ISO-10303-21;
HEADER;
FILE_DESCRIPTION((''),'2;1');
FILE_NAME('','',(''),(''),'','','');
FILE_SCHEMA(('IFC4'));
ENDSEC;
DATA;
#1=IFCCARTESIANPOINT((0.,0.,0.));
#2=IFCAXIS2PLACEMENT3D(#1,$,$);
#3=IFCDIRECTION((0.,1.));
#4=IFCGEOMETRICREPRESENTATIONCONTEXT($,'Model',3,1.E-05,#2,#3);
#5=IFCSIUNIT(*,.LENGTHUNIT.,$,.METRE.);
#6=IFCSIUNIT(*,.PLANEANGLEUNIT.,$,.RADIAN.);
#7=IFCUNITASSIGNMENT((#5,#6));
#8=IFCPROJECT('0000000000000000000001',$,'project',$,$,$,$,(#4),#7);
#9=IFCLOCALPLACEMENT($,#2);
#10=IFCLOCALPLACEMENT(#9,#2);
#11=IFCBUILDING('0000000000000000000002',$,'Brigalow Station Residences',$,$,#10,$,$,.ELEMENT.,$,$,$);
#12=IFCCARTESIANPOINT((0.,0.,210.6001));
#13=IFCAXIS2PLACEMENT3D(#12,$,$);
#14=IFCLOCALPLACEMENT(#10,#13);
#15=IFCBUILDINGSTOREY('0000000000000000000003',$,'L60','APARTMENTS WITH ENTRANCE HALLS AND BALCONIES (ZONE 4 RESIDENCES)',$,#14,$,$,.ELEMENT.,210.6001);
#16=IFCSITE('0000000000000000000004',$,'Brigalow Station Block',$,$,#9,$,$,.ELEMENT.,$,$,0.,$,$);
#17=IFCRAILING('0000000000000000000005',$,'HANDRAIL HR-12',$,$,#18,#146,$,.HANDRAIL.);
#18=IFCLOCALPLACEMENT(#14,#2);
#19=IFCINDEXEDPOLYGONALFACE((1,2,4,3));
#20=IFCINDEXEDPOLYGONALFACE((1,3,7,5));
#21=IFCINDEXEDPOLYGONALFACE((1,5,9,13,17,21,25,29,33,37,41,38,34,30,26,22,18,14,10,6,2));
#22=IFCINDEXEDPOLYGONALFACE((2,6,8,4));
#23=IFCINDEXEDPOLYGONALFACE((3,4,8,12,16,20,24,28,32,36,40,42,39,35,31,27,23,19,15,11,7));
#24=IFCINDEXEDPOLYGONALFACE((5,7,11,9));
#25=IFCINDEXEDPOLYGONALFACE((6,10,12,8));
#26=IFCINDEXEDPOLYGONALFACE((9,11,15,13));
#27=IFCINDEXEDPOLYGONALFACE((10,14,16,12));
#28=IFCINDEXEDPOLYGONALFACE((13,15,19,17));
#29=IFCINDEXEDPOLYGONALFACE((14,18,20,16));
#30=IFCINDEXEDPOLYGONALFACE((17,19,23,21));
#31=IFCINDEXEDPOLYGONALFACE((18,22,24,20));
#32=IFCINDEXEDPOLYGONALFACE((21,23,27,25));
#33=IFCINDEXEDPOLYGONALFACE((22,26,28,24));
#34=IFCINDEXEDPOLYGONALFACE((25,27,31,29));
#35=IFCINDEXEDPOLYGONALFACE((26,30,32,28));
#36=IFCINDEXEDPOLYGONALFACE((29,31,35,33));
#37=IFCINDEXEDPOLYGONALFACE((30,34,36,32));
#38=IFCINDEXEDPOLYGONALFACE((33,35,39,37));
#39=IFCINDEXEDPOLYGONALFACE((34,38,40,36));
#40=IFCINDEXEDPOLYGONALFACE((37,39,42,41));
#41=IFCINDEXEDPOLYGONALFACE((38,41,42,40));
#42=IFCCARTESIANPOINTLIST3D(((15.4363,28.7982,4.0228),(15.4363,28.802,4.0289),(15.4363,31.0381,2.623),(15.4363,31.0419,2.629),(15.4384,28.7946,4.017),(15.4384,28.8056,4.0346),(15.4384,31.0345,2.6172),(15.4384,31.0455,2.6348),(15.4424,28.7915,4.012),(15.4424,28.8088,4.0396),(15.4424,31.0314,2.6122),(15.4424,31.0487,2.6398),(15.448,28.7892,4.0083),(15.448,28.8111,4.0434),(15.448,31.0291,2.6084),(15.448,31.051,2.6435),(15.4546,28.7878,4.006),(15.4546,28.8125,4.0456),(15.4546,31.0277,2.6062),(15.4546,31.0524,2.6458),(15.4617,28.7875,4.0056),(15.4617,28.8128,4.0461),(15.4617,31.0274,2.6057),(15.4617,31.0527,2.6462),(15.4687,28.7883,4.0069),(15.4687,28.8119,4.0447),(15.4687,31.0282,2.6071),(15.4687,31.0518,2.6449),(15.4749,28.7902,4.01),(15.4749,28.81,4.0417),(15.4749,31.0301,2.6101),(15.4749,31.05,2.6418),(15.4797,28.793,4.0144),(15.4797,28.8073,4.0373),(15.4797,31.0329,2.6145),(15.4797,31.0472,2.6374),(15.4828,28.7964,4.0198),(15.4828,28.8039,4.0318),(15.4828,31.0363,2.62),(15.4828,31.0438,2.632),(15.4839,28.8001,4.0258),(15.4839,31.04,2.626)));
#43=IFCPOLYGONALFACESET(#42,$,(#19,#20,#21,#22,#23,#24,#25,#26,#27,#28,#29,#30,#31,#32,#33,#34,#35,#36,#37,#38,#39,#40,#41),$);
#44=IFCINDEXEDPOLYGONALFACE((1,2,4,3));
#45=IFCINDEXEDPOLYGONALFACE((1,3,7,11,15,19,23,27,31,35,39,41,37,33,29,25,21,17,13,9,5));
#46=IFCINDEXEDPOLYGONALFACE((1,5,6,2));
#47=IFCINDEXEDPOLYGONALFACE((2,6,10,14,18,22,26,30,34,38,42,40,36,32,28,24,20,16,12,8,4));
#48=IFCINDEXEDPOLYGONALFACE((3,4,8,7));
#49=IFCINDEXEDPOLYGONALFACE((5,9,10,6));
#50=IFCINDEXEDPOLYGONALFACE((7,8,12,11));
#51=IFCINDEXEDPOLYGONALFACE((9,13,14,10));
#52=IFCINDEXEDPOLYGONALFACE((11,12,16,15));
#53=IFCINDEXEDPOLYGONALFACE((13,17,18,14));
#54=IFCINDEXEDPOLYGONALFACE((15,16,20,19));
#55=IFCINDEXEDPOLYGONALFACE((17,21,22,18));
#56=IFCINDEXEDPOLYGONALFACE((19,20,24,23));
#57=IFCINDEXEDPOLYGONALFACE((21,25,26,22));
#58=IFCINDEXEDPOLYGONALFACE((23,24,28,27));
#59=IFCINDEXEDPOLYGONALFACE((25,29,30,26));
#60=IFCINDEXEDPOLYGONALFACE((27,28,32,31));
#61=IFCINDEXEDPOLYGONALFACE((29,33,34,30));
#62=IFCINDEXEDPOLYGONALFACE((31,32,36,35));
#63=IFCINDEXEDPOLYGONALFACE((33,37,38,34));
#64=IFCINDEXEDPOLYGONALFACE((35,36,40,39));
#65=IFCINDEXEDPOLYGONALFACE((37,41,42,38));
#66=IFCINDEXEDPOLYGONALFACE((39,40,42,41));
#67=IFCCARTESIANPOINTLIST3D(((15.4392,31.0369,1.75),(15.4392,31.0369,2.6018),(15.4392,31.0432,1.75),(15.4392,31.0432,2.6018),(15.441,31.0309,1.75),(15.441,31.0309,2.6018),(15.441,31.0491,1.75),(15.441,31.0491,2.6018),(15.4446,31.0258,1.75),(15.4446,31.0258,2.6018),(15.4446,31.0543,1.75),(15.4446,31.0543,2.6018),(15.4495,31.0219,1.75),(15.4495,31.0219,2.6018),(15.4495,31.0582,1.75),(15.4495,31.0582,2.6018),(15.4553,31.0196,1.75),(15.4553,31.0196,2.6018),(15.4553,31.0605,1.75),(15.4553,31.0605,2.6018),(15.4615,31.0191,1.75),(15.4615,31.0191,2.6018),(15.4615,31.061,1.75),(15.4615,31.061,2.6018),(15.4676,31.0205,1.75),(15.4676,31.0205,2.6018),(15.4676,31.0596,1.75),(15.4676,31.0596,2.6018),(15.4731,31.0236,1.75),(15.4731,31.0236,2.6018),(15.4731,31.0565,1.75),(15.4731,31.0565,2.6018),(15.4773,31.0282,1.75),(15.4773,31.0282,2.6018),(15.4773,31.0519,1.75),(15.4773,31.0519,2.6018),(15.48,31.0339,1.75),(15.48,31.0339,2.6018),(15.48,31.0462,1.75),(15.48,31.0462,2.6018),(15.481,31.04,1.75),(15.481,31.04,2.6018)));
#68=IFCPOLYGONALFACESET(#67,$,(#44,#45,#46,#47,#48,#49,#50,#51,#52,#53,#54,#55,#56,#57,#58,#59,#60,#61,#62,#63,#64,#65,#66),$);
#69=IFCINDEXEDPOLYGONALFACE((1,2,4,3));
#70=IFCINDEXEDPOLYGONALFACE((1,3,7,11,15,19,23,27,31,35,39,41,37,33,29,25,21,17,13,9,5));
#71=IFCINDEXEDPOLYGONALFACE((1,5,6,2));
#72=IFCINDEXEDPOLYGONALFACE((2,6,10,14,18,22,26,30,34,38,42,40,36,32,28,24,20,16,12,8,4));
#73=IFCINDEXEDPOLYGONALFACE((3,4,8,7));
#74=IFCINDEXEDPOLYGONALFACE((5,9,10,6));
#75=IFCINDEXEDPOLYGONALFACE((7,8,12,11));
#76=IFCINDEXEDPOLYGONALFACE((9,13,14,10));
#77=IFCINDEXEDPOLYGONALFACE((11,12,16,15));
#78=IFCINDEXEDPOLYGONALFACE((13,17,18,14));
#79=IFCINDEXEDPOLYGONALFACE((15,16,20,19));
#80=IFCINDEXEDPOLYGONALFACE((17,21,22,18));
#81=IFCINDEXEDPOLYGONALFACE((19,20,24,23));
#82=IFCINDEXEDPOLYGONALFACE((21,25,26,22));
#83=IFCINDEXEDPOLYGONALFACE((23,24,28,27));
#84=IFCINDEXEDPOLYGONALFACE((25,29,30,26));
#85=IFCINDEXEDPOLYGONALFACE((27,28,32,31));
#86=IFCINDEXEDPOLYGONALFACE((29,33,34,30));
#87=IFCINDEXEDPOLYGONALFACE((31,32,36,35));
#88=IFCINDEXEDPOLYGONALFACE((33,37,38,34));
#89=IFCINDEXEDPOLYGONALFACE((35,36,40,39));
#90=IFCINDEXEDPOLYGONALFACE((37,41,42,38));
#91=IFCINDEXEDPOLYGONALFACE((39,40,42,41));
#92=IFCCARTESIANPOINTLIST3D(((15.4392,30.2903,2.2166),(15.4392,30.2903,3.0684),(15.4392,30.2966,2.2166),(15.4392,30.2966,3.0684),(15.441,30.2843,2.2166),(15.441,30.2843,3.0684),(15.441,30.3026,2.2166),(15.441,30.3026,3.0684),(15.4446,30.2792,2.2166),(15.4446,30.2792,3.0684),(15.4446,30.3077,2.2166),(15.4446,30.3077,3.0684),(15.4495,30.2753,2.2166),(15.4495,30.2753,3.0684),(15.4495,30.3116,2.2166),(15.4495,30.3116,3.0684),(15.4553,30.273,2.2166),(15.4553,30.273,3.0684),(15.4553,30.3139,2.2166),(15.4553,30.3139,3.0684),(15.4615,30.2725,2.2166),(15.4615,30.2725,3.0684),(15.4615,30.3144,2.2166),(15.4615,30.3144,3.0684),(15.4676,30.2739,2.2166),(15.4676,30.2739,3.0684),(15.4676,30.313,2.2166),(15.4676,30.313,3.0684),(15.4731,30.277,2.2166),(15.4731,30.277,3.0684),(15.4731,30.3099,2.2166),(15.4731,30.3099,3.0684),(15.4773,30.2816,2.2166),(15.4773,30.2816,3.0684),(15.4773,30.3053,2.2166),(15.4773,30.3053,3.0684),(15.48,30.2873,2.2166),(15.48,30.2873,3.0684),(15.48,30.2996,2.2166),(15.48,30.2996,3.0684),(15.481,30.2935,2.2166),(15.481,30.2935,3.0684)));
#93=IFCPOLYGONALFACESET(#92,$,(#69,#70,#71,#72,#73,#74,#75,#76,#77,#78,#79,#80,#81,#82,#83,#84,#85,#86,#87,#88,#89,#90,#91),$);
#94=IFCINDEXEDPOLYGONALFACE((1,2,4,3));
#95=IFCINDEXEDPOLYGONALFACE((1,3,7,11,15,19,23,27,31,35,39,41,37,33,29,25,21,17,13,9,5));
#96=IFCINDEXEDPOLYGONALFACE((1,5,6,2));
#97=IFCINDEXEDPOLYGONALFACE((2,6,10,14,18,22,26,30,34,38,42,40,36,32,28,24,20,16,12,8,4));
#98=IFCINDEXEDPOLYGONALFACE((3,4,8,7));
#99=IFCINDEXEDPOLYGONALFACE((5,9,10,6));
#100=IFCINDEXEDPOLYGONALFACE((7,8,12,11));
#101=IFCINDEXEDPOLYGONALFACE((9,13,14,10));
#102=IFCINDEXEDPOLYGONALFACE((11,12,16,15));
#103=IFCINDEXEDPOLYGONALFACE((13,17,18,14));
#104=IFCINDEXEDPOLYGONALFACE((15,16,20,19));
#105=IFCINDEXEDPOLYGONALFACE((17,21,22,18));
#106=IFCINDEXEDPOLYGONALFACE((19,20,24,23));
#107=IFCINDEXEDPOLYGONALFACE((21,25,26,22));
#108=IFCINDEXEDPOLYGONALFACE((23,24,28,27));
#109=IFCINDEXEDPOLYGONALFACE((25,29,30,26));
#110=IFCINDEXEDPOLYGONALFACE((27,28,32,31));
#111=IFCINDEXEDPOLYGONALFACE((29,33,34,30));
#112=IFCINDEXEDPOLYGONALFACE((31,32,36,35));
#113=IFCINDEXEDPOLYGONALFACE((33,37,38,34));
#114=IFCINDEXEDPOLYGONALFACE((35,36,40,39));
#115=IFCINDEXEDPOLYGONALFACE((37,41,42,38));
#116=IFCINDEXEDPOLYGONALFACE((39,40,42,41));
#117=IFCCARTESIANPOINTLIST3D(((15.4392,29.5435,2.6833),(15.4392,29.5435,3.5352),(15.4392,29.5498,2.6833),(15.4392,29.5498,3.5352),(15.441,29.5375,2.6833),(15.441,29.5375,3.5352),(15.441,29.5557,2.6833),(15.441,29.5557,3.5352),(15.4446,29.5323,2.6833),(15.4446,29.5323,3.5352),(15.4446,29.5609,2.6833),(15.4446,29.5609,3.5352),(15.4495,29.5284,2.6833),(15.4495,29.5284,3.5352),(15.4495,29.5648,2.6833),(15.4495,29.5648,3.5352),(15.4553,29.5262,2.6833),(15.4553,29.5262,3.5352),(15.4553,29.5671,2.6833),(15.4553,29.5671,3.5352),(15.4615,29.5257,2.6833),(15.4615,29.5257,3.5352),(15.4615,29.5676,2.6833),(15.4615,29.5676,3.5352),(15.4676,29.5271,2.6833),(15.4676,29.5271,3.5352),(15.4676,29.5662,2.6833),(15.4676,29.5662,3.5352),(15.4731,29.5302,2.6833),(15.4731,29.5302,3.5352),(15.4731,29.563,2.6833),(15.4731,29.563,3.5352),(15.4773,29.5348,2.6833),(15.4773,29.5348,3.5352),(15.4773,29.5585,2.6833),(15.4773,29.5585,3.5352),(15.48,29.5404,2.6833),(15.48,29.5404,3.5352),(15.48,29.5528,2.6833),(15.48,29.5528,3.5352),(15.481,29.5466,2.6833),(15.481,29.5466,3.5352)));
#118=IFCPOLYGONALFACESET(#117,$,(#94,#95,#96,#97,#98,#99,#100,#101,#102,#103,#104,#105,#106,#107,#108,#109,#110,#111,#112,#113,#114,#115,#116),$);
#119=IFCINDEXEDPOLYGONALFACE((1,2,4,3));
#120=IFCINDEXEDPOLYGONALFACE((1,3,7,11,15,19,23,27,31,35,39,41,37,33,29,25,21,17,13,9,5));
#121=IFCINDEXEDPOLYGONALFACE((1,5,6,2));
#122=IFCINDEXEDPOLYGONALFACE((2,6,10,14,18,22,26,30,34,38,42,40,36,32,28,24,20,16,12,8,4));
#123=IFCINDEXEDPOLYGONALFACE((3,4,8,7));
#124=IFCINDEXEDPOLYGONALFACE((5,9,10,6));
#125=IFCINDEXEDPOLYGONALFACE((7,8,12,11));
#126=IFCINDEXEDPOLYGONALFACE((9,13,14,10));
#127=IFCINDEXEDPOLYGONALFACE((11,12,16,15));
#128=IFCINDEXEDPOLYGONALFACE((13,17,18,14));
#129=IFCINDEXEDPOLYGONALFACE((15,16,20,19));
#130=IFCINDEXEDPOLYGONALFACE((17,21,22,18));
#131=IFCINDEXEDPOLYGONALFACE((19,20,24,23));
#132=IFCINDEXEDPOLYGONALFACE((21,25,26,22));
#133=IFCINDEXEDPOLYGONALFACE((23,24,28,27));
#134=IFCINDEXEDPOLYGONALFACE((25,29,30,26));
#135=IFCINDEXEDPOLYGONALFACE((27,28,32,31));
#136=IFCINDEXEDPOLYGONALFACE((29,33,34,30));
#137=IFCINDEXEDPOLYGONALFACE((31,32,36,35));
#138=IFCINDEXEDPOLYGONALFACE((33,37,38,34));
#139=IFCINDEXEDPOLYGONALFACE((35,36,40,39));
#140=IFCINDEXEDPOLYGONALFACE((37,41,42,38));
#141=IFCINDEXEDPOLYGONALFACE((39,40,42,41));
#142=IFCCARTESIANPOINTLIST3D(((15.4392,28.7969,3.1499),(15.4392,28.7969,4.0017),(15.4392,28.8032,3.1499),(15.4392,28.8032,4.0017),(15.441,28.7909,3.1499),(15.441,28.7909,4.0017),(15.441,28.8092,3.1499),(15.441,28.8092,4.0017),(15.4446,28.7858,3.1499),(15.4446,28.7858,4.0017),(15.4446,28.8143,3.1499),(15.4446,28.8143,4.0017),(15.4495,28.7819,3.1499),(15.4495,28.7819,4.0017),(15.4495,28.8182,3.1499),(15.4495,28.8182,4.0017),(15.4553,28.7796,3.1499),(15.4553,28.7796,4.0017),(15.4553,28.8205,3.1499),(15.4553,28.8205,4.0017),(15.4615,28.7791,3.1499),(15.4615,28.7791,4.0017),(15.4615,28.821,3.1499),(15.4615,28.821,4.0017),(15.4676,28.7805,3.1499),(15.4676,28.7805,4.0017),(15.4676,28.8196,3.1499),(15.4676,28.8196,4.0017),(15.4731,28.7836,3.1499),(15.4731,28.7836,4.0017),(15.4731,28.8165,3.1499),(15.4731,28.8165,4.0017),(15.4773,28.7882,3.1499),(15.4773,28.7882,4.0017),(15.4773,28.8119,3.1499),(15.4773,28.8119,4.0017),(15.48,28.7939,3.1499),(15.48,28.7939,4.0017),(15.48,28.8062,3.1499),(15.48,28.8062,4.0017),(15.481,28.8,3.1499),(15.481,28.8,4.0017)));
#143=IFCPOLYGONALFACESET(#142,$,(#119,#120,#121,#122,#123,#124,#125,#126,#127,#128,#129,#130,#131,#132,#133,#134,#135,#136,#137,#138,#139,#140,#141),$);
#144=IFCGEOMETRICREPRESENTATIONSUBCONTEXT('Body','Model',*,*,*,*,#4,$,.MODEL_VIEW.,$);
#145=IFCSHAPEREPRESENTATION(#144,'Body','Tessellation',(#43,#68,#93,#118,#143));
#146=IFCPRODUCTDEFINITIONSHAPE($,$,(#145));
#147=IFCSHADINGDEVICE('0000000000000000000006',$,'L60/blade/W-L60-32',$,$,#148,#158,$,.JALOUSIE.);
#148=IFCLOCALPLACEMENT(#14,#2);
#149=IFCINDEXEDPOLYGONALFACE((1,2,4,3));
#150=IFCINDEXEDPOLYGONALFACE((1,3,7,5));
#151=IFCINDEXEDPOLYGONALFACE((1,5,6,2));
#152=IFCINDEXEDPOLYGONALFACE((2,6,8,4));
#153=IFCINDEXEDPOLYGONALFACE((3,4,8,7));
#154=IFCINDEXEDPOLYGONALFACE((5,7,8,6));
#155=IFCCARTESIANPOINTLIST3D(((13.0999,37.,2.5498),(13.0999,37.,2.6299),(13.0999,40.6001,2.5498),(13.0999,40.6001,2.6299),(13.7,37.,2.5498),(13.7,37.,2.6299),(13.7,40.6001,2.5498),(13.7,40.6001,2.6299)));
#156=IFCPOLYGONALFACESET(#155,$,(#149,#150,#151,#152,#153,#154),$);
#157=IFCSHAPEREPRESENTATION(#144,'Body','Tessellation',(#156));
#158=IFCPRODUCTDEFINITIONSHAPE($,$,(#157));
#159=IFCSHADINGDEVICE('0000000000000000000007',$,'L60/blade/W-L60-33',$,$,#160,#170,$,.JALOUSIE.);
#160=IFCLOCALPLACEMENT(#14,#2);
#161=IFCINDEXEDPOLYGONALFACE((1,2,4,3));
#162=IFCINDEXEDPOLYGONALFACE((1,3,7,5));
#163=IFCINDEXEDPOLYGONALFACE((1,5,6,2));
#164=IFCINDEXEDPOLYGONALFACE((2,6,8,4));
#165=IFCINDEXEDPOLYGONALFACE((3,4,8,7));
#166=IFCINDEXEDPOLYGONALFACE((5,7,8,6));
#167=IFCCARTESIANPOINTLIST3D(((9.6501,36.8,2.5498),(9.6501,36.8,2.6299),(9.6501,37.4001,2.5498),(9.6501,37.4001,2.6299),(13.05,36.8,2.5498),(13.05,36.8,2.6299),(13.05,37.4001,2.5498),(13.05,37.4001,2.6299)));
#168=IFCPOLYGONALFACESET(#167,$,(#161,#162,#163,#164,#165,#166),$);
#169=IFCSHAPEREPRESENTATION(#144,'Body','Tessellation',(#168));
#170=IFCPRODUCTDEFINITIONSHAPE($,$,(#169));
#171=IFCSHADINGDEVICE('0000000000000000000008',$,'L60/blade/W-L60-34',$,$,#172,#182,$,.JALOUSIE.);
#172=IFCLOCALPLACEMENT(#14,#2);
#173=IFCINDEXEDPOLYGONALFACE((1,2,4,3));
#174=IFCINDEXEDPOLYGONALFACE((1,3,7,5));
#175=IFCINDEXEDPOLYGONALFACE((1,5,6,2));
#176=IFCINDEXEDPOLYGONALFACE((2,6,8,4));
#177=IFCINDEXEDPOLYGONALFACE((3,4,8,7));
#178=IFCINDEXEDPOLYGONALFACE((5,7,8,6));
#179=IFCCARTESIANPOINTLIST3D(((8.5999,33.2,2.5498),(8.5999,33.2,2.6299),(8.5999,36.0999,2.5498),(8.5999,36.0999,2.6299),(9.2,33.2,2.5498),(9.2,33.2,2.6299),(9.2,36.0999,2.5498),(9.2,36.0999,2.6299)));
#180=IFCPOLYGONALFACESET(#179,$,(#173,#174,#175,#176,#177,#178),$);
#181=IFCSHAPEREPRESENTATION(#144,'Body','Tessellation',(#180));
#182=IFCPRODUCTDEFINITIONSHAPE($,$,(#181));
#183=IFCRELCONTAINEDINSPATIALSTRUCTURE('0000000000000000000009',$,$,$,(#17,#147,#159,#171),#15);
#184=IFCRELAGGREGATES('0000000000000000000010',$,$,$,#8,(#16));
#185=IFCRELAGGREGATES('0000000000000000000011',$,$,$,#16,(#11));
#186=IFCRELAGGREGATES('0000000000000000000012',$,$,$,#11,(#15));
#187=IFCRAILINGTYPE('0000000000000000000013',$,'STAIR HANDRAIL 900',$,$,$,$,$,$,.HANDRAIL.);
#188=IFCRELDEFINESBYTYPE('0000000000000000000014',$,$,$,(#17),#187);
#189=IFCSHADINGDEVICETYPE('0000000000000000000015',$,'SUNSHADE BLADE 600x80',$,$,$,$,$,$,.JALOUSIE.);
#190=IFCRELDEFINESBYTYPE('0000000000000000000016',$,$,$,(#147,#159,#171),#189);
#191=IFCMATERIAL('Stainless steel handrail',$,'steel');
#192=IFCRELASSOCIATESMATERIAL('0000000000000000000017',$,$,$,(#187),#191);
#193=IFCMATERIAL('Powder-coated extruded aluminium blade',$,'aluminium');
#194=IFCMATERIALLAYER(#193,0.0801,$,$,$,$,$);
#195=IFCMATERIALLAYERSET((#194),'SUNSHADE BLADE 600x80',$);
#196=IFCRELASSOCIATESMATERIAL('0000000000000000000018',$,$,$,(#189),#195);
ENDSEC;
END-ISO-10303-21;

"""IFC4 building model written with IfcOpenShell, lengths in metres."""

from ifc_helpers import new_model, si_unit, direction, frame, origin, origin_2d, place, context, subcontext, project, spatial, rectangle, circle, extrude, material, layer, layer_set, type_object, element, save


model = new_model("IFC4")

# Units and contexts
model_context = context("Model", 3, precision=1e-05, world=origin(), true_north=direction((0.0, 1.0)))
body_context = subcontext(model_context, "Body", "Model", "MODEL_VIEW")
ifc_project = project(units=[si_unit("LENGTHUNIT", "METRE"), si_unit("PLANEANGLEUNIT", "RADIAN")], contexts=[model_context])

# Site, building, storey
site_placement = place(None, origin())
site = spatial("IfcSite", under=ifc_project, at=site_placement, Name="Brigalow Station Block", CompositionType="ELEMENT", RefElevation=0.0)
building_placement = place(site_placement, origin())
building = spatial("IfcBuilding", under=site, at=building_placement, Name="Brigalow Station Residences", CompositionType="ELEMENT")
storey_placement = place(building_placement, frame((0.0, 0.0, 210.6001)))
storey = spatial("IfcBuildingStorey", under=building, at=storey_placement, Name="L60", Description="APARTMENTS WITH ENTRANCE HALLS AND BALCONIES (ZONE 4 RESIDENCES)", CompositionType="ELEMENT", Elevation=210.6001)

# Railing
ifc_material_1 = material(Name="Stainless steel handrail", Category="steel")
railing_type = type_object("IfcRailingType", Name="STAIR HANDRAIL 900", PredefinedType="HANDRAIL", material=ifc_material_1)
railing_placement = place(storey_placement, frame((15.46, 31.04, 1.75)))
element("IfcRailing", 1, at=railing_placement, inside=storey, type_object=railing_type, Name="HANDRAIL HR-12", PredefinedType="HANDRAIL", context=body_context, shape_type="SweptSolid", body=[
    extrude(circle(Radius=0.0239, at=origin_2d()), frame((0.0, 0.0, 0.876), z_axis=(0.0, -0.848014, 0.529974), x_axis=(1.0, 0.0, 0.0)), (0.0, 0.0, 1.0), 2.6414),
    extrude(circle(Radius=0.021, at=origin_2d()), origin(), (0.0, 0.0, 1.0), 0.8518),
    extrude(circle(Radius=0.021, at=origin_2d()), frame((0.0, -0.7466, 0.4666)), (0.0, 0.0, 1.0), 0.8518),
    extrude(circle(Radius=0.021, at=origin_2d()), frame((0.0, -1.4934, 0.9333)), (0.0, 0.0, 1.0), 0.8518),
    extrude(circle(Radius=0.021, at=origin_2d()), frame((0.0, -2.24, 1.3999)), (0.0, 0.0, 1.0), 0.8518),
])

# Shading devices
ifc_material_2 = material(Name="Powder-coated extruded aluminium blade", Category="aluminium")
ifc_layer_1 = layer(ifc_material_2, 0.0801)
ifc_layer_set_1 = layer_set([ifc_layer_1], Name="SUNSHADE BLADE 600x80")
shading_device_type = type_object("IfcShadingDeviceType", Name="SUNSHADE BLADE 600x80", PredefinedType="JALOUSIE", material=ifc_layer_set_1)
shading_device_1_placement = place(storey_placement, frame((13.3999, 38.8, 2.5498), z_axis=(0.0, 0.0, 1.0), x_axis=(0.0, -1.0, 0.0)))
element("IfcShadingDevice", 2, at=shading_device_1_placement, inside=storey, type_object=shading_device_type, Name="L60/blade/W-L60-32", PredefinedType="JALOUSIE", context=body_context, shape_type="SweptSolid", body=[
    extrude(rectangle(XDim=3.6001, YDim=0.6001, at=origin_2d()), origin(), (0.0, 0.0, 1.0), 0.0801),
])
shading_device_2_placement = place(storey_placement, frame((11.3501, 37.1001, 2.5498), z_axis=(0.0, 0.0, 1.0), x_axis=(-1.0, 0.0, 0.0)))
element("IfcShadingDevice", 3, at=shading_device_2_placement, inside=storey, type_object=shading_device_type, Name="L60/blade/W-L60-33", PredefinedType="JALOUSIE", context=body_context, shape_type="SweptSolid", body=[
    extrude(rectangle(XDim=3.3999, YDim=0.6001, at=origin_2d()), origin(), (0.0, 0.0, 1.0), 0.0801),
])
shading_device_3_placement = place(storey_placement, frame((8.8999, 34.6499, 2.5498), z_axis=(0.0, 0.0, 1.0), x_axis=(0.0, -1.0, 0.0)))
element("IfcShadingDevice", 4, at=shading_device_3_placement, inside=storey, type_object=shading_device_type, Name="L60/blade/W-L60-34", PredefinedType="JALOUSIE", context=body_context, shape_type="SweptSolid", body=[
    extrude(rectangle(XDim=2.8999, YDim=0.6001, at=origin_2d()), origin(), (0.0, 0.0, 1.0), 0.0801),
])

save(model, "model.ifc")
